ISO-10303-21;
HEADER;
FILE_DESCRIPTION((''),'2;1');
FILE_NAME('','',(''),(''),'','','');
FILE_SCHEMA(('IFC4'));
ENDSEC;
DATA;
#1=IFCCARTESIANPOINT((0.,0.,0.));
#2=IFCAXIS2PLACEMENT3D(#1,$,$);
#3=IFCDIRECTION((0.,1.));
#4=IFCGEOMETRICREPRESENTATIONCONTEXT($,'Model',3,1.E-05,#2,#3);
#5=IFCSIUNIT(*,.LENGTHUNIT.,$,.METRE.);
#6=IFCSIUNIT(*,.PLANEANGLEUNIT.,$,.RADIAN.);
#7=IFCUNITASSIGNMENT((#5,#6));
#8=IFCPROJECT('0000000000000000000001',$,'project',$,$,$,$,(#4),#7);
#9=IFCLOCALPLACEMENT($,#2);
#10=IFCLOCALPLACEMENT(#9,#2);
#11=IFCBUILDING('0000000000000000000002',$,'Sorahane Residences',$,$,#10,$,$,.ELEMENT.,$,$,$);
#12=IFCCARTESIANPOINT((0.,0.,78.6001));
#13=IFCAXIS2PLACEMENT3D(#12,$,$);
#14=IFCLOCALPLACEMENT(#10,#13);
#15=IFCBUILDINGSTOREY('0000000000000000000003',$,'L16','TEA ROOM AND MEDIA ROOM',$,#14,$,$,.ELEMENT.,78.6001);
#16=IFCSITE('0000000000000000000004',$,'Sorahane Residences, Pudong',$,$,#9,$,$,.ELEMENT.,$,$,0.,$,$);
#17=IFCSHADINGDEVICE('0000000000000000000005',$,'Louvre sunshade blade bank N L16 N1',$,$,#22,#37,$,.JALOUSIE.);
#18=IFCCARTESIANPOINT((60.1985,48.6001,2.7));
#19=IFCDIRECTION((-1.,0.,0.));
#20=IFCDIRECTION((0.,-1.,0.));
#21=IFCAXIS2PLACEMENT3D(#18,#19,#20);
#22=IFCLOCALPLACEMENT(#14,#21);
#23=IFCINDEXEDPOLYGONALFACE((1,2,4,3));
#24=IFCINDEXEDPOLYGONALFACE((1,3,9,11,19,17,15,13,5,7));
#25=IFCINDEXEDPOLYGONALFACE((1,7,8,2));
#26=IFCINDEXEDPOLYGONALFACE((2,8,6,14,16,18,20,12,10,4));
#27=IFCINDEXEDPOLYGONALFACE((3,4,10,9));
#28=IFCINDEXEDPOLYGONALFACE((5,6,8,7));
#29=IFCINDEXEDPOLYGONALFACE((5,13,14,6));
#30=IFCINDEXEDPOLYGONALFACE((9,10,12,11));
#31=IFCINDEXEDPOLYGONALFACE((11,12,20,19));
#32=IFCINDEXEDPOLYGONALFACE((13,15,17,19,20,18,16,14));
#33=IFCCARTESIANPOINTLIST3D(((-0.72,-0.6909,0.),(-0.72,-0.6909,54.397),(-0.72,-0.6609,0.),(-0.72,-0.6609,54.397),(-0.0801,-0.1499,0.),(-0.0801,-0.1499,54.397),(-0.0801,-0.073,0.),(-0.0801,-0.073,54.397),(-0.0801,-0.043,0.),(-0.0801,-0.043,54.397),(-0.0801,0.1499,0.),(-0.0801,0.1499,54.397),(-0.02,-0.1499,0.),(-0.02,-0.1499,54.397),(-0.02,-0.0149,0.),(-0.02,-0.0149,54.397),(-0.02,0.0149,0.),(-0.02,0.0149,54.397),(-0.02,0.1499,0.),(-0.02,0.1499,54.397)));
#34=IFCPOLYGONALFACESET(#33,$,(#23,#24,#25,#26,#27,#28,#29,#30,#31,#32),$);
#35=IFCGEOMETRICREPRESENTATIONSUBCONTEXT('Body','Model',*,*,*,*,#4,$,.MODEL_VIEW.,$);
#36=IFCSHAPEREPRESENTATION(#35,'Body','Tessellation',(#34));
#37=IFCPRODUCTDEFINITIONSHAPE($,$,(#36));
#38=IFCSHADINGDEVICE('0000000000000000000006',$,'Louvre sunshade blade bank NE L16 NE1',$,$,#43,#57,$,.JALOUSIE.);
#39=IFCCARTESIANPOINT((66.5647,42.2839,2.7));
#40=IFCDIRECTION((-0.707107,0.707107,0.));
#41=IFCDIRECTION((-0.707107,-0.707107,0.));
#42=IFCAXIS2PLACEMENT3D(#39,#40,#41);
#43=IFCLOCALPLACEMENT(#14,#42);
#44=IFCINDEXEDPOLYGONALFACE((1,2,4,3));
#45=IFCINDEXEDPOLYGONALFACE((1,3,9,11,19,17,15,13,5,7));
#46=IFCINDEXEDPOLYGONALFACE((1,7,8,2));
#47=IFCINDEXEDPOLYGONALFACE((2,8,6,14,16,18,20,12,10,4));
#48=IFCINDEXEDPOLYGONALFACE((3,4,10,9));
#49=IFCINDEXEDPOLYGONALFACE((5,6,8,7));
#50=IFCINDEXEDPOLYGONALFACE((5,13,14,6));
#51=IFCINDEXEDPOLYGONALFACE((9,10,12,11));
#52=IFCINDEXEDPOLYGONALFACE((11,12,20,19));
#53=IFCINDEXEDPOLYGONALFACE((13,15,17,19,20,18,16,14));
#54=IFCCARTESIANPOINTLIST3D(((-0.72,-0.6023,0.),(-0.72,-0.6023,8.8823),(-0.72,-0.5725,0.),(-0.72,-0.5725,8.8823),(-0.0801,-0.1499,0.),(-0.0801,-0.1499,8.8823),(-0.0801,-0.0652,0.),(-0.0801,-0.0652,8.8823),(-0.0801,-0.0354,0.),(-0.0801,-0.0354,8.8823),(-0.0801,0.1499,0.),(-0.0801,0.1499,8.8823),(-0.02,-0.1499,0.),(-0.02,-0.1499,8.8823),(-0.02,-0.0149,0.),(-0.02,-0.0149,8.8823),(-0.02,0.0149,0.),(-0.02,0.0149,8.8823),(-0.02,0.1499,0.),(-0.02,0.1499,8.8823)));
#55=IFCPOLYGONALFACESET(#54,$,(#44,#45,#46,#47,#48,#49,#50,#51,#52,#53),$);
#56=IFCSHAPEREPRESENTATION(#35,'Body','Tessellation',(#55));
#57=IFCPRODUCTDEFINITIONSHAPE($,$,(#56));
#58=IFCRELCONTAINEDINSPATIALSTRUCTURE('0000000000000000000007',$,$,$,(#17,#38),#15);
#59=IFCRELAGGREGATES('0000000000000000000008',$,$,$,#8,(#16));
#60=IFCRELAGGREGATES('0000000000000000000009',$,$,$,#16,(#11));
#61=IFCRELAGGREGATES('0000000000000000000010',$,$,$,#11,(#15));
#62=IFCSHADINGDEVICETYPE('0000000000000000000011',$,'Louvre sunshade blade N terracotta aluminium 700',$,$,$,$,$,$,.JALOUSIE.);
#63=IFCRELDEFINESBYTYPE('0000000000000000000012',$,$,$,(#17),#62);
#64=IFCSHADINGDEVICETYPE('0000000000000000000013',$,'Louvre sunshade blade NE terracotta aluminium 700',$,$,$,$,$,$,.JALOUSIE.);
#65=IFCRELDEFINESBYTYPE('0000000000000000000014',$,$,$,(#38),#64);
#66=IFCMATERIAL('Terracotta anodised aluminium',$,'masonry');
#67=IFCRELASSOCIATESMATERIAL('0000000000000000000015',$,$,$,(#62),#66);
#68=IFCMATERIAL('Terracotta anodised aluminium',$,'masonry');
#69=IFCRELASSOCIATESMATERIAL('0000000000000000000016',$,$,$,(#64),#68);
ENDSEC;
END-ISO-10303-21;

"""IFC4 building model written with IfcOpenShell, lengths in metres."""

from ifc_helpers import new_model, si_unit, direction, frame, origin, place, context, subcontext, project, spatial, polyline, outline, extrude, material, type_object, element, save


model = new_model("IFC4")

# Units and contexts
model_context = context("Model", 3, precision=1e-05, world=origin(), true_north=direction((0.0, 1.0)))
body_context = subcontext(model_context, "Body", "Model", "MODEL_VIEW")
ifc_project = project(units=[si_unit("LENGTHUNIT", "METRE"), si_unit("PLANEANGLEUNIT", "RADIAN")], contexts=[model_context])

# Site, building, storey
site_placement = place(None, origin())
site = spatial("IfcSite", under=ifc_project, at=site_placement, Name="Sorahane Residences, Pudong", CompositionType="ELEMENT", RefElevation=0.0)
building_placement = place(site_placement, origin())
building = spatial("IfcBuilding", under=site, at=building_placement, Name="Sorahane Residences", CompositionType="ELEMENT")
storey_placement = place(building_placement, frame((0.0, 0.0, 78.6001)))
storey = spatial("IfcBuildingStorey", under=building, at=storey_placement, Name="L16", Description="TEA ROOM AND MEDIA ROOM", CompositionType="ELEMENT", Elevation=78.6001)

# Shading devices
ifc_material_1 = material(Name="Terracotta anodised aluminium", Category="masonry")
shading_device_type_1 = type_object("IfcShadingDeviceType", Name="Louvre sunshade blade N terracotta aluminium 700", PredefinedType="JALOUSIE", material=ifc_material_1)
shading_device_1_placement = place(storey_placement, frame((60.1985, 48.6001, 2.7), z_axis=(-1.0, 0.0, 0.0), x_axis=(0.0, -1.0, 0.0)))
element("IfcShadingDevice", 1, at=shading_device_1_placement, inside=storey, type_object=shading_device_type_1, Name="Louvre sunshade blade bank N L16 N1", PredefinedType="JALOUSIE", context=body_context, shape_type="SweptSolid", body=[
    extrude(outline(polyline([(-0.72, -0.6609), (-0.72, -0.6909), (-0.0801, -0.073), (-0.0801, -0.1499), (-0.02, -0.1499), (-0.02, -0.0149), (-0.02, 0.0149), (-0.02, 0.1499), (-0.0801, 0.1499), (-0.0801, -0.043), (-0.72, -0.6609)])), origin(), (0.0, 0.0, 1.0), 54.397),
])
ifc_material_2 = material(Name="Terracotta anodised aluminium", Category="masonry")
shading_device_type_2 = type_object("IfcShadingDeviceType", Name="Louvre sunshade blade NE terracotta aluminium 700", PredefinedType="JALOUSIE", material=ifc_material_2)
shading_device_2_placement = place(storey_placement, frame((66.5647, 42.2839, 2.7), z_axis=(-0.707107, 0.707107, 0.0), x_axis=(-0.707107, -0.707107, 0.0)))
element("IfcShadingDevice", 2, at=shading_device_2_placement, inside=storey, type_object=shading_device_type_2, Name="Louvre sunshade blade bank NE L16 NE1", PredefinedType="JALOUSIE", context=body_context, shape_type="SweptSolid", body=[
    extrude(outline(polyline([(-0.72, -0.5725), (-0.72, -0.6023), (-0.0801, -0.0652), (-0.0801, -0.1499), (-0.02, -0.1499), (-0.02, -0.0149), (-0.02, 0.0149), (-0.02, 0.1499), (-0.0801, 0.1499), (-0.0801, -0.0354), (-0.72, -0.5725)])), origin(), (0.0, 0.0, 1.0), 8.8823),
])

save(model, "model.ifc")
